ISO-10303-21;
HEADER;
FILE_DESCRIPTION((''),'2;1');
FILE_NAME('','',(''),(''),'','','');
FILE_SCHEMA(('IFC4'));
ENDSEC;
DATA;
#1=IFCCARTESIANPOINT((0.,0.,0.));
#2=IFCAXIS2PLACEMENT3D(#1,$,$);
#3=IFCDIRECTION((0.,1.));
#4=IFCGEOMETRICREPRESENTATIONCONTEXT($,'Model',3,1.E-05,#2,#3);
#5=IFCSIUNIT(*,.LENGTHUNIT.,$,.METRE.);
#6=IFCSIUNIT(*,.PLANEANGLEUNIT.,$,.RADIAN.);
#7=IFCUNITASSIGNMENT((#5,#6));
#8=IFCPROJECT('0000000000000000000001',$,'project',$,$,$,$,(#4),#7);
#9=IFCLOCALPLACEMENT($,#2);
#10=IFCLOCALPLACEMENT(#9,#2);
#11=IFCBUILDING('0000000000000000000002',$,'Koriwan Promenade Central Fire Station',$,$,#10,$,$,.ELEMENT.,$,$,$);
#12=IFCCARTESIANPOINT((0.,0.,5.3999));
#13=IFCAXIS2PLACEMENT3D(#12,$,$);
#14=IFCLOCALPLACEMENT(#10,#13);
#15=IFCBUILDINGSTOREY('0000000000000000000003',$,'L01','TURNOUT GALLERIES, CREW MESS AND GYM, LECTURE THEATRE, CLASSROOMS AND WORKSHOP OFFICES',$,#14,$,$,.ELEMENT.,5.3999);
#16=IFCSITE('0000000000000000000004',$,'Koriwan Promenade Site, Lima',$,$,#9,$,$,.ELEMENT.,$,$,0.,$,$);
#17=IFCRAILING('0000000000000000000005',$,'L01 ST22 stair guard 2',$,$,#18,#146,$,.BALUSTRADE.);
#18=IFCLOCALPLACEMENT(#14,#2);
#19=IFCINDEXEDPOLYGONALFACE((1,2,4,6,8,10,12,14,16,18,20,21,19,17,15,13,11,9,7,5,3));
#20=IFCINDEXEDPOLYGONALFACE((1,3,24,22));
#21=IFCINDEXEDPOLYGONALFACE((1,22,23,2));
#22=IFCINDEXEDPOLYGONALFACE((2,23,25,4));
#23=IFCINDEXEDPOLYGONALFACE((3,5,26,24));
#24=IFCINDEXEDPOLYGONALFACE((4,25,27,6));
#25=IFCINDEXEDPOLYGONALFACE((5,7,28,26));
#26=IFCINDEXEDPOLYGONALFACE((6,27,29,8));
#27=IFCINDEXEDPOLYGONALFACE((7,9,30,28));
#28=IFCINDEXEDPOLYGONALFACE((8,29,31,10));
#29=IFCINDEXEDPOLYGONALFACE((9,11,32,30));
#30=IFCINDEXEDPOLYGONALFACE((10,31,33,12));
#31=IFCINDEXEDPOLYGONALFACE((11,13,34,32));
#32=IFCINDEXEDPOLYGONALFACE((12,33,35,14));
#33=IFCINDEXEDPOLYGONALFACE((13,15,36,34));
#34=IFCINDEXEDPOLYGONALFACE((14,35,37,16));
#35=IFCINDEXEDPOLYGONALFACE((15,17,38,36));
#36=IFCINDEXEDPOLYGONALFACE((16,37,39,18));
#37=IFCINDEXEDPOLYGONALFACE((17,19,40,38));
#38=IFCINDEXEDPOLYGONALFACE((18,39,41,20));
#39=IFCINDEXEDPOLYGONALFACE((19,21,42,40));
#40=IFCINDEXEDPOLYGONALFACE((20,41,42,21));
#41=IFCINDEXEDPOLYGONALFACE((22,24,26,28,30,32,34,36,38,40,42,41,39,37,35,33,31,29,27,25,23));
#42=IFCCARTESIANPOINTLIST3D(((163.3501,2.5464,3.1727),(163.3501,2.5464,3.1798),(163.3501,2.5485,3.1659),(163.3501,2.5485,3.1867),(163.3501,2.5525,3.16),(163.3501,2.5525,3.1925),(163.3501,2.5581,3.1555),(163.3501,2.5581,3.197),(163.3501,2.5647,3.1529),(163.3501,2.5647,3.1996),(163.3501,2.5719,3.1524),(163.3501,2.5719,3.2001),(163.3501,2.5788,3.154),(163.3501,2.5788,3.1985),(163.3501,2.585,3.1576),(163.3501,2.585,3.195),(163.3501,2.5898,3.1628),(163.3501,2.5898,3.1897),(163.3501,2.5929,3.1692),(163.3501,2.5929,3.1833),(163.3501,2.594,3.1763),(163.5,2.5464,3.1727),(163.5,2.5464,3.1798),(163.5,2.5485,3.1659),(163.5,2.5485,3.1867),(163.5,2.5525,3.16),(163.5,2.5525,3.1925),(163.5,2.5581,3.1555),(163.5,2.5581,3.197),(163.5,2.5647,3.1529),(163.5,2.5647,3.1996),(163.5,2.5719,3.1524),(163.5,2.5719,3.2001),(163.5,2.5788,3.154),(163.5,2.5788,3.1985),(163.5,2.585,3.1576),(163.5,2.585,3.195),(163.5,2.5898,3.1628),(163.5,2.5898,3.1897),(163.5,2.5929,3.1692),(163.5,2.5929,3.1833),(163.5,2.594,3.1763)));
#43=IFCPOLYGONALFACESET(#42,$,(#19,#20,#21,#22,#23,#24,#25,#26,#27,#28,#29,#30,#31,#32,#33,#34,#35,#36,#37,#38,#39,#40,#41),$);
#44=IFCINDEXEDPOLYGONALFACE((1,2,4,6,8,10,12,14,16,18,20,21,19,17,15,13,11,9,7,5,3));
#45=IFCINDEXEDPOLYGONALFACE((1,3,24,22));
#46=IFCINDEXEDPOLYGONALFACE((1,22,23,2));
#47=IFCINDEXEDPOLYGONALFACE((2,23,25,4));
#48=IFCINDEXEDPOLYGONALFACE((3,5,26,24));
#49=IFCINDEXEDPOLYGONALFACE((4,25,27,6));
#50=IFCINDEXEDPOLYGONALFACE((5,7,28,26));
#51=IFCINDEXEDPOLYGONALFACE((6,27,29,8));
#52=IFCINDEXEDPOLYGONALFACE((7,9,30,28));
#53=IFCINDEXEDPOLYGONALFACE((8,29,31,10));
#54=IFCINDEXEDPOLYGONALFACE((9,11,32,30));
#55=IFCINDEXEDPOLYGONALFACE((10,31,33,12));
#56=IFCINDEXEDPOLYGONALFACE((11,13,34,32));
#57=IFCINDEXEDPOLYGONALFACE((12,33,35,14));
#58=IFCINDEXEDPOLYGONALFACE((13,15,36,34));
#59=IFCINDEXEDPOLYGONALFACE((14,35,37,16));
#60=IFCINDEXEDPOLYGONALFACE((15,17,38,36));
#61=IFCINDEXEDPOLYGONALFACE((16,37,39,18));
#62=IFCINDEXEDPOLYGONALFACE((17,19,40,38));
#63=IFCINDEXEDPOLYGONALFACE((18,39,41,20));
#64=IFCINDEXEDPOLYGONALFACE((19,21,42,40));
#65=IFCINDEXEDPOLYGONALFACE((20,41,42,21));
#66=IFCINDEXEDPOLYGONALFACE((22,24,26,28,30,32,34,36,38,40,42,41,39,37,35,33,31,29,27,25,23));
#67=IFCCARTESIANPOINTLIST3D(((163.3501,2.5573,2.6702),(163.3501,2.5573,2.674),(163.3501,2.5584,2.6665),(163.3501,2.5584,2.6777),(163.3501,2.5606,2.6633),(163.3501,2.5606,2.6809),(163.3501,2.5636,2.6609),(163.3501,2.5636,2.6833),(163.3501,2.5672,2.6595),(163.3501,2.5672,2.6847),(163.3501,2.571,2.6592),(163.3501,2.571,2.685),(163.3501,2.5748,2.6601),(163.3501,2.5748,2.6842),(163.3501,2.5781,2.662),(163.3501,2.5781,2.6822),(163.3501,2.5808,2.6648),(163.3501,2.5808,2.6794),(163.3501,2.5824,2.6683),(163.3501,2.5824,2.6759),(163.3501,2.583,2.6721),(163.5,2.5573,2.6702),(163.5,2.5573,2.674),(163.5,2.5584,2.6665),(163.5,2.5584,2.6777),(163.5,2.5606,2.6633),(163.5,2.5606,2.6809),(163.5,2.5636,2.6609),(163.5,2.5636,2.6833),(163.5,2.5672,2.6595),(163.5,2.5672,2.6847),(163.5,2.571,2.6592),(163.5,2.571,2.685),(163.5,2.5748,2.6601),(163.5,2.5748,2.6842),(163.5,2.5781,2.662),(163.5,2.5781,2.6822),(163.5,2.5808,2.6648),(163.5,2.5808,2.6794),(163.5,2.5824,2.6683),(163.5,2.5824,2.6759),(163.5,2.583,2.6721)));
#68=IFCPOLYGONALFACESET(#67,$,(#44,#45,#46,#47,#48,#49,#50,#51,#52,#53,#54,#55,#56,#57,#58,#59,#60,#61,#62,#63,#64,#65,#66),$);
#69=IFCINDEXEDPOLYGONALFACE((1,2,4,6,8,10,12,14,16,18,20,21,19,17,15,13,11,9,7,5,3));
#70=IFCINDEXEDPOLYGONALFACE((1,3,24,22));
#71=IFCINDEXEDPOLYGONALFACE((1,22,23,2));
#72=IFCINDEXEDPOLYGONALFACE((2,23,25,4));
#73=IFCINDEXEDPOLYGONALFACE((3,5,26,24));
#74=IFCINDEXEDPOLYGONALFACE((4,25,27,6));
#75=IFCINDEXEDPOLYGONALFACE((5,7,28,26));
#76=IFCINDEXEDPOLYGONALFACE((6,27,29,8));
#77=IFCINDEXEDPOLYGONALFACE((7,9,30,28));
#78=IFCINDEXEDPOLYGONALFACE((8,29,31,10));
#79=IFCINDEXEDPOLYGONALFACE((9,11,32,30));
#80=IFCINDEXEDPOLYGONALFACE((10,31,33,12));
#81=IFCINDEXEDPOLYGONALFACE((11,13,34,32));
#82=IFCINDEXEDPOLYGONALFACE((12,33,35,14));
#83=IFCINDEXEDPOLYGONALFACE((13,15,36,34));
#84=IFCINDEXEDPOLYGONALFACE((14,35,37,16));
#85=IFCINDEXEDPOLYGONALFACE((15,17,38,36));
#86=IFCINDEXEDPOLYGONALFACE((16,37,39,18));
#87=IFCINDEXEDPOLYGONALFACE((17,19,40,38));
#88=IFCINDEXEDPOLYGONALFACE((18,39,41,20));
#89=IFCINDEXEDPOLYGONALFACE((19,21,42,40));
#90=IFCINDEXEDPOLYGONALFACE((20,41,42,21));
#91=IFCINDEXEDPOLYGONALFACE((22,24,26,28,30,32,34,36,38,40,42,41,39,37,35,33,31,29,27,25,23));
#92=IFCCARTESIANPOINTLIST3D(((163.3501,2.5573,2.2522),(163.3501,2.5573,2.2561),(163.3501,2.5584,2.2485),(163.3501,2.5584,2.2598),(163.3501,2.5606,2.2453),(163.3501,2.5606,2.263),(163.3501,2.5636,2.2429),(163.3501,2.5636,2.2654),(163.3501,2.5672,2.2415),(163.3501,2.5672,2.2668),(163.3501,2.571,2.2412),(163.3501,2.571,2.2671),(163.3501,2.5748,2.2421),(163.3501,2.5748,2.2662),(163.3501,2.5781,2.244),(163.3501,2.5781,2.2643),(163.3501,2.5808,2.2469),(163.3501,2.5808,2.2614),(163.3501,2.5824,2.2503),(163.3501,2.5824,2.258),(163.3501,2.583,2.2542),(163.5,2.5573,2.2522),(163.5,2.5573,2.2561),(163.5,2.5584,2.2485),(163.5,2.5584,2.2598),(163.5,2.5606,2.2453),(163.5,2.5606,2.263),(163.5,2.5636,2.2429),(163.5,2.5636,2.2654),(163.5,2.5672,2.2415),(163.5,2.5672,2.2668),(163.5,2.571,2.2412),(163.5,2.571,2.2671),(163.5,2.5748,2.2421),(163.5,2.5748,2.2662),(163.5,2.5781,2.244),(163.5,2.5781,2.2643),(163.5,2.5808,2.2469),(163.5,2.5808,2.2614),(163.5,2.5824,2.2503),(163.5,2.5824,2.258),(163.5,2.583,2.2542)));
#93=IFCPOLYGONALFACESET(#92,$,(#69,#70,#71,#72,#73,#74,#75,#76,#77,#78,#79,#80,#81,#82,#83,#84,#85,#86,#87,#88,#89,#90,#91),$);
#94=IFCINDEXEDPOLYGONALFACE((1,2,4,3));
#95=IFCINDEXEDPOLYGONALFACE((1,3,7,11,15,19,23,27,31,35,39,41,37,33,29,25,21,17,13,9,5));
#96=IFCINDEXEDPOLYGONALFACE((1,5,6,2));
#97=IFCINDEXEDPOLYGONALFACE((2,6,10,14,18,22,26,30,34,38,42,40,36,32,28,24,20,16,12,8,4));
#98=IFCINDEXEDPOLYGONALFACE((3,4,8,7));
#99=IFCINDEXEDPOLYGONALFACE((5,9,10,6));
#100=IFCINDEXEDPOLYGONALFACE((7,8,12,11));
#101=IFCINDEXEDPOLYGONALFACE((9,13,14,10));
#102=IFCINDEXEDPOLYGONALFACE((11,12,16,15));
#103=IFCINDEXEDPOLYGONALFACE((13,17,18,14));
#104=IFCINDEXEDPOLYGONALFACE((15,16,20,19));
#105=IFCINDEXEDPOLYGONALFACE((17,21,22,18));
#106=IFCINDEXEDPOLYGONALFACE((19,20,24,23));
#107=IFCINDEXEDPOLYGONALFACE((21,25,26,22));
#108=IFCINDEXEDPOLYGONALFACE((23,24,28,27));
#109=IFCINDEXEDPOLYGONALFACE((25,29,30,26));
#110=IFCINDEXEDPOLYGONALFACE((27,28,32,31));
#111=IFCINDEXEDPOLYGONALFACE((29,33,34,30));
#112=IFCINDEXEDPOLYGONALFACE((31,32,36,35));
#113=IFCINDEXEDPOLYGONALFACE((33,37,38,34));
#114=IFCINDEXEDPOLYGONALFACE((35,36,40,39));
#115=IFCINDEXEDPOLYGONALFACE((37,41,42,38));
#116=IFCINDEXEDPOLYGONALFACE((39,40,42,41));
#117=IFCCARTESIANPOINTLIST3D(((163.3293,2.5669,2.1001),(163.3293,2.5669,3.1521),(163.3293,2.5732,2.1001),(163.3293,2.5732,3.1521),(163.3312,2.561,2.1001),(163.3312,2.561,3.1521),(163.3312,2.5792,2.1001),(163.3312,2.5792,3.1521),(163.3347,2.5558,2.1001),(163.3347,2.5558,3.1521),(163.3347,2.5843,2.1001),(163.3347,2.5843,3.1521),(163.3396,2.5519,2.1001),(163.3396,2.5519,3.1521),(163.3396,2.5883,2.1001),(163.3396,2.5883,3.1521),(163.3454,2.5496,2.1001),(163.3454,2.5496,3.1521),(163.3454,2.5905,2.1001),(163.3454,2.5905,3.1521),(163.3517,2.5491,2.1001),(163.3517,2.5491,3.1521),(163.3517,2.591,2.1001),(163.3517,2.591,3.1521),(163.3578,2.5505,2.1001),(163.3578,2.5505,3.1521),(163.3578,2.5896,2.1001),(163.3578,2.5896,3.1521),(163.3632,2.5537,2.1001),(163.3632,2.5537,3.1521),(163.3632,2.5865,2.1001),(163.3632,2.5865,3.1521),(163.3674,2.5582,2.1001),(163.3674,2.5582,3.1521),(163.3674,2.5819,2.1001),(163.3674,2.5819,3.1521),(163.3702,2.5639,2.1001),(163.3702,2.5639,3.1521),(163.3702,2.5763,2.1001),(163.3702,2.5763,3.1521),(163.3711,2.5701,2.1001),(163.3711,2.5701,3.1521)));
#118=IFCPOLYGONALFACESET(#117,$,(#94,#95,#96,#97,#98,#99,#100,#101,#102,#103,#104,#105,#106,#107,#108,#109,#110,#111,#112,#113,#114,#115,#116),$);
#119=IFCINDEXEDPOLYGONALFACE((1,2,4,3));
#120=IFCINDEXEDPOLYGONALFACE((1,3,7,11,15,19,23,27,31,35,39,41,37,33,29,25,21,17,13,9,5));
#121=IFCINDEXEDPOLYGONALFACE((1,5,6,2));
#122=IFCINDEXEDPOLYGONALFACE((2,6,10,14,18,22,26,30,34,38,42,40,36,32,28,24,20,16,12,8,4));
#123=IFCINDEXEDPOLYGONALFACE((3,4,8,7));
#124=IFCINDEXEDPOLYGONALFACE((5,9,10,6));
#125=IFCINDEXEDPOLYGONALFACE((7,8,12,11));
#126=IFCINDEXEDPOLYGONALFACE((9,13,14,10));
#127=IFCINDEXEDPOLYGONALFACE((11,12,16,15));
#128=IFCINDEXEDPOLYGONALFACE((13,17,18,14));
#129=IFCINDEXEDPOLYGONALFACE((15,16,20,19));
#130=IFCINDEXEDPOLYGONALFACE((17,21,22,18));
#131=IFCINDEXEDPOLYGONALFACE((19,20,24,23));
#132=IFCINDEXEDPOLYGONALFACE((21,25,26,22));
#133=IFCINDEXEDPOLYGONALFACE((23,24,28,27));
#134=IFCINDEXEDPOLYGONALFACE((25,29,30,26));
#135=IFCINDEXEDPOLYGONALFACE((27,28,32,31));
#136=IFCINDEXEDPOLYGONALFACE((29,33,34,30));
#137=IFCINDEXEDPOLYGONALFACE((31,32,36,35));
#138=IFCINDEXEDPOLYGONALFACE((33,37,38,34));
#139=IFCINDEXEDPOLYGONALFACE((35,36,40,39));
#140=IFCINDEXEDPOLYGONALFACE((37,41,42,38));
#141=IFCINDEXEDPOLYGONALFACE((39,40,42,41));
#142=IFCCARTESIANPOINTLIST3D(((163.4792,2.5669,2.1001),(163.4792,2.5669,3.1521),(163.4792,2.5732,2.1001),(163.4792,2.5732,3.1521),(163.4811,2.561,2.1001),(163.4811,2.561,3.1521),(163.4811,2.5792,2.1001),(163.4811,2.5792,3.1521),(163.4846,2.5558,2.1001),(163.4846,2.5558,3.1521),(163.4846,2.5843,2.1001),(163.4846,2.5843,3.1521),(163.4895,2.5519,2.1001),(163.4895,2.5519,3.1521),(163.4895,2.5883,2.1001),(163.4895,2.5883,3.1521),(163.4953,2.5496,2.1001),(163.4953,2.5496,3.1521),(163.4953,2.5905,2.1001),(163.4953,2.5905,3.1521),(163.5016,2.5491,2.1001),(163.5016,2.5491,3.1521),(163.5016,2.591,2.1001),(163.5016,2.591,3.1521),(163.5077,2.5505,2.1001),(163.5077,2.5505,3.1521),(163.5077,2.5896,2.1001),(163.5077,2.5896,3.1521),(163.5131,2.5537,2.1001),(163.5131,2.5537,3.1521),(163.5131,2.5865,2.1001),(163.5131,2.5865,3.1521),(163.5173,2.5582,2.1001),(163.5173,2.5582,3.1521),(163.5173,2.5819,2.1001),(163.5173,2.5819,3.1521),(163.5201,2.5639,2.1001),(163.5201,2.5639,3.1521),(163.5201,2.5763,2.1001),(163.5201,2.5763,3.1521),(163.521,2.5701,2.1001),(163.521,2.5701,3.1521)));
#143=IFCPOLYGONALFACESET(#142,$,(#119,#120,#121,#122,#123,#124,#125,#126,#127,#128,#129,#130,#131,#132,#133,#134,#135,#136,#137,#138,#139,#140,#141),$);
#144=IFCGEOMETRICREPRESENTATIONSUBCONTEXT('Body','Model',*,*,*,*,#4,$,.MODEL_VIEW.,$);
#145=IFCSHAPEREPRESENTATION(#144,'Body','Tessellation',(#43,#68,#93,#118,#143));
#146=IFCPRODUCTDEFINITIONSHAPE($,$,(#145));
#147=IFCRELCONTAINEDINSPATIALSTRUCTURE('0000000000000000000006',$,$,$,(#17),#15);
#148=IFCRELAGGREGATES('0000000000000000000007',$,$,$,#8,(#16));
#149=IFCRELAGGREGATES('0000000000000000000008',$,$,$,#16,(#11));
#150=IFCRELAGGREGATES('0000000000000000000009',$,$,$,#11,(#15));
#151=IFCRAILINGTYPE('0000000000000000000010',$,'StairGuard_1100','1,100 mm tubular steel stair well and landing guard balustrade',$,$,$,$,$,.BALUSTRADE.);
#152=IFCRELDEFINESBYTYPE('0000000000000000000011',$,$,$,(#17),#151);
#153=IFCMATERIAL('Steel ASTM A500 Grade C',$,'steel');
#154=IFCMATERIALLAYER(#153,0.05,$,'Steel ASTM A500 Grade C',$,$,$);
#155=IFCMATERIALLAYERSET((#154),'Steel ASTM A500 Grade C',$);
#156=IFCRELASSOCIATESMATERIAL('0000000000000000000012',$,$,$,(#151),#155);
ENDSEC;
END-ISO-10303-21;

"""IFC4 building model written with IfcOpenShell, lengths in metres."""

from ifc_helpers import new_model, si_unit, direction, frame, origin, origin_2d, place, context, subcontext, project, spatial, circle, extrude, material, layer, layer_set, type_object, element, save


model = new_model("IFC4")

# Units and contexts
model_context = context("Model", 3, precision=1e-05, world=origin(), true_north=direction((0.0, 1.0)))
body_context = subcontext(model_context, "Body", "Model", "MODEL_VIEW")
ifc_project = project(units=[si_unit("LENGTHUNIT", "METRE"), si_unit("PLANEANGLEUNIT", "RADIAN")], contexts=[model_context])

# Site, building, storey
site_placement = place(None, origin())
site = spatial("IfcSite", under=ifc_project, at=site_placement, Name="Koriwan Promenade Site, Lima", CompositionType="ELEMENT", RefElevation=0.0)
building_placement = place(site_placement, origin())
building = spatial("IfcBuilding", under=site, at=building_placement, Name="Koriwan Promenade Central Fire Station", CompositionType="ELEMENT")
storey_placement = place(building_placement, frame((0.0, 0.0, 5.3999)))
storey = spatial("IfcBuildingStorey", under=building, at=storey_placement, Name="L01", Description="TURNOUT GALLERIES, CREW MESS AND GYM, LECTURE THEATRE, CLASSROOMS AND WORKSHOP OFFICES", CompositionType="ELEMENT", Elevation=5.3999)

# Railing
ifc_material_1 = material(Name="Steel ASTM A500 Grade C", Category="steel")
ifc_layer_1 = layer(ifc_material_1, 0.05, Name="Steel ASTM A500 Grade C")
ifc_layer_set_1 = layer_set([ifc_layer_1], Name="Steel ASTM A500 Grade C")
railing_type_1 = type_object("IfcRailingType", Name="StairGuard_1100", Description="1,100 mm tubular steel stair well and landing guard balustrade", PredefinedType="BALUSTRADE", material=ifc_layer_set_1)
railing_1_placement = place(storey_placement, frame((163.3501, 2.5701, 2.1001)))
element("IfcRailing", 1, at=railing_1_placement, inside=storey, type_object=railing_type_1, Name="L01 ST22 stair guard 2", PredefinedType="BALUSTRADE", context=body_context, shape_type="SweptSolid", body=[
    extrude(circle(Radius=0.0239, at=origin_2d()), frame((0.0, 0.0, 1.0762), z_axis=(1.0, 0.0, 0.0), x_axis=(0.0, 1.0, 0.0)), (0.0, 0.0, 1.0), 0.1499),
    extrude(circle(Radius=0.0129, at=origin_2d()), frame((0.0, 0.0, 0.572), z_axis=(1.0, 0.0, 0.0), x_axis=(0.0, 1.0, 0.0)), (0.0, 0.0, 1.0), 0.1499),
    extrude(circle(Radius=0.0129, at=origin_2d()), frame((0.0, 0.0, 0.1541), z_axis=(1.0, 0.0, 0.0), x_axis=(0.0, 1.0, 0.0)), (0.0, 0.0, 1.0), 0.1499),
    extrude(circle(Radius=0.021, at=origin_2d()), origin(), (0.0, 0.0, 1.0), 1.052),
    extrude(circle(Radius=0.021, at=origin_2d()), frame((0.1499, 0.0, 0.0)), (0.0, 0.0, 1.0), 1.052),
])

save(model, "model.ifc")
